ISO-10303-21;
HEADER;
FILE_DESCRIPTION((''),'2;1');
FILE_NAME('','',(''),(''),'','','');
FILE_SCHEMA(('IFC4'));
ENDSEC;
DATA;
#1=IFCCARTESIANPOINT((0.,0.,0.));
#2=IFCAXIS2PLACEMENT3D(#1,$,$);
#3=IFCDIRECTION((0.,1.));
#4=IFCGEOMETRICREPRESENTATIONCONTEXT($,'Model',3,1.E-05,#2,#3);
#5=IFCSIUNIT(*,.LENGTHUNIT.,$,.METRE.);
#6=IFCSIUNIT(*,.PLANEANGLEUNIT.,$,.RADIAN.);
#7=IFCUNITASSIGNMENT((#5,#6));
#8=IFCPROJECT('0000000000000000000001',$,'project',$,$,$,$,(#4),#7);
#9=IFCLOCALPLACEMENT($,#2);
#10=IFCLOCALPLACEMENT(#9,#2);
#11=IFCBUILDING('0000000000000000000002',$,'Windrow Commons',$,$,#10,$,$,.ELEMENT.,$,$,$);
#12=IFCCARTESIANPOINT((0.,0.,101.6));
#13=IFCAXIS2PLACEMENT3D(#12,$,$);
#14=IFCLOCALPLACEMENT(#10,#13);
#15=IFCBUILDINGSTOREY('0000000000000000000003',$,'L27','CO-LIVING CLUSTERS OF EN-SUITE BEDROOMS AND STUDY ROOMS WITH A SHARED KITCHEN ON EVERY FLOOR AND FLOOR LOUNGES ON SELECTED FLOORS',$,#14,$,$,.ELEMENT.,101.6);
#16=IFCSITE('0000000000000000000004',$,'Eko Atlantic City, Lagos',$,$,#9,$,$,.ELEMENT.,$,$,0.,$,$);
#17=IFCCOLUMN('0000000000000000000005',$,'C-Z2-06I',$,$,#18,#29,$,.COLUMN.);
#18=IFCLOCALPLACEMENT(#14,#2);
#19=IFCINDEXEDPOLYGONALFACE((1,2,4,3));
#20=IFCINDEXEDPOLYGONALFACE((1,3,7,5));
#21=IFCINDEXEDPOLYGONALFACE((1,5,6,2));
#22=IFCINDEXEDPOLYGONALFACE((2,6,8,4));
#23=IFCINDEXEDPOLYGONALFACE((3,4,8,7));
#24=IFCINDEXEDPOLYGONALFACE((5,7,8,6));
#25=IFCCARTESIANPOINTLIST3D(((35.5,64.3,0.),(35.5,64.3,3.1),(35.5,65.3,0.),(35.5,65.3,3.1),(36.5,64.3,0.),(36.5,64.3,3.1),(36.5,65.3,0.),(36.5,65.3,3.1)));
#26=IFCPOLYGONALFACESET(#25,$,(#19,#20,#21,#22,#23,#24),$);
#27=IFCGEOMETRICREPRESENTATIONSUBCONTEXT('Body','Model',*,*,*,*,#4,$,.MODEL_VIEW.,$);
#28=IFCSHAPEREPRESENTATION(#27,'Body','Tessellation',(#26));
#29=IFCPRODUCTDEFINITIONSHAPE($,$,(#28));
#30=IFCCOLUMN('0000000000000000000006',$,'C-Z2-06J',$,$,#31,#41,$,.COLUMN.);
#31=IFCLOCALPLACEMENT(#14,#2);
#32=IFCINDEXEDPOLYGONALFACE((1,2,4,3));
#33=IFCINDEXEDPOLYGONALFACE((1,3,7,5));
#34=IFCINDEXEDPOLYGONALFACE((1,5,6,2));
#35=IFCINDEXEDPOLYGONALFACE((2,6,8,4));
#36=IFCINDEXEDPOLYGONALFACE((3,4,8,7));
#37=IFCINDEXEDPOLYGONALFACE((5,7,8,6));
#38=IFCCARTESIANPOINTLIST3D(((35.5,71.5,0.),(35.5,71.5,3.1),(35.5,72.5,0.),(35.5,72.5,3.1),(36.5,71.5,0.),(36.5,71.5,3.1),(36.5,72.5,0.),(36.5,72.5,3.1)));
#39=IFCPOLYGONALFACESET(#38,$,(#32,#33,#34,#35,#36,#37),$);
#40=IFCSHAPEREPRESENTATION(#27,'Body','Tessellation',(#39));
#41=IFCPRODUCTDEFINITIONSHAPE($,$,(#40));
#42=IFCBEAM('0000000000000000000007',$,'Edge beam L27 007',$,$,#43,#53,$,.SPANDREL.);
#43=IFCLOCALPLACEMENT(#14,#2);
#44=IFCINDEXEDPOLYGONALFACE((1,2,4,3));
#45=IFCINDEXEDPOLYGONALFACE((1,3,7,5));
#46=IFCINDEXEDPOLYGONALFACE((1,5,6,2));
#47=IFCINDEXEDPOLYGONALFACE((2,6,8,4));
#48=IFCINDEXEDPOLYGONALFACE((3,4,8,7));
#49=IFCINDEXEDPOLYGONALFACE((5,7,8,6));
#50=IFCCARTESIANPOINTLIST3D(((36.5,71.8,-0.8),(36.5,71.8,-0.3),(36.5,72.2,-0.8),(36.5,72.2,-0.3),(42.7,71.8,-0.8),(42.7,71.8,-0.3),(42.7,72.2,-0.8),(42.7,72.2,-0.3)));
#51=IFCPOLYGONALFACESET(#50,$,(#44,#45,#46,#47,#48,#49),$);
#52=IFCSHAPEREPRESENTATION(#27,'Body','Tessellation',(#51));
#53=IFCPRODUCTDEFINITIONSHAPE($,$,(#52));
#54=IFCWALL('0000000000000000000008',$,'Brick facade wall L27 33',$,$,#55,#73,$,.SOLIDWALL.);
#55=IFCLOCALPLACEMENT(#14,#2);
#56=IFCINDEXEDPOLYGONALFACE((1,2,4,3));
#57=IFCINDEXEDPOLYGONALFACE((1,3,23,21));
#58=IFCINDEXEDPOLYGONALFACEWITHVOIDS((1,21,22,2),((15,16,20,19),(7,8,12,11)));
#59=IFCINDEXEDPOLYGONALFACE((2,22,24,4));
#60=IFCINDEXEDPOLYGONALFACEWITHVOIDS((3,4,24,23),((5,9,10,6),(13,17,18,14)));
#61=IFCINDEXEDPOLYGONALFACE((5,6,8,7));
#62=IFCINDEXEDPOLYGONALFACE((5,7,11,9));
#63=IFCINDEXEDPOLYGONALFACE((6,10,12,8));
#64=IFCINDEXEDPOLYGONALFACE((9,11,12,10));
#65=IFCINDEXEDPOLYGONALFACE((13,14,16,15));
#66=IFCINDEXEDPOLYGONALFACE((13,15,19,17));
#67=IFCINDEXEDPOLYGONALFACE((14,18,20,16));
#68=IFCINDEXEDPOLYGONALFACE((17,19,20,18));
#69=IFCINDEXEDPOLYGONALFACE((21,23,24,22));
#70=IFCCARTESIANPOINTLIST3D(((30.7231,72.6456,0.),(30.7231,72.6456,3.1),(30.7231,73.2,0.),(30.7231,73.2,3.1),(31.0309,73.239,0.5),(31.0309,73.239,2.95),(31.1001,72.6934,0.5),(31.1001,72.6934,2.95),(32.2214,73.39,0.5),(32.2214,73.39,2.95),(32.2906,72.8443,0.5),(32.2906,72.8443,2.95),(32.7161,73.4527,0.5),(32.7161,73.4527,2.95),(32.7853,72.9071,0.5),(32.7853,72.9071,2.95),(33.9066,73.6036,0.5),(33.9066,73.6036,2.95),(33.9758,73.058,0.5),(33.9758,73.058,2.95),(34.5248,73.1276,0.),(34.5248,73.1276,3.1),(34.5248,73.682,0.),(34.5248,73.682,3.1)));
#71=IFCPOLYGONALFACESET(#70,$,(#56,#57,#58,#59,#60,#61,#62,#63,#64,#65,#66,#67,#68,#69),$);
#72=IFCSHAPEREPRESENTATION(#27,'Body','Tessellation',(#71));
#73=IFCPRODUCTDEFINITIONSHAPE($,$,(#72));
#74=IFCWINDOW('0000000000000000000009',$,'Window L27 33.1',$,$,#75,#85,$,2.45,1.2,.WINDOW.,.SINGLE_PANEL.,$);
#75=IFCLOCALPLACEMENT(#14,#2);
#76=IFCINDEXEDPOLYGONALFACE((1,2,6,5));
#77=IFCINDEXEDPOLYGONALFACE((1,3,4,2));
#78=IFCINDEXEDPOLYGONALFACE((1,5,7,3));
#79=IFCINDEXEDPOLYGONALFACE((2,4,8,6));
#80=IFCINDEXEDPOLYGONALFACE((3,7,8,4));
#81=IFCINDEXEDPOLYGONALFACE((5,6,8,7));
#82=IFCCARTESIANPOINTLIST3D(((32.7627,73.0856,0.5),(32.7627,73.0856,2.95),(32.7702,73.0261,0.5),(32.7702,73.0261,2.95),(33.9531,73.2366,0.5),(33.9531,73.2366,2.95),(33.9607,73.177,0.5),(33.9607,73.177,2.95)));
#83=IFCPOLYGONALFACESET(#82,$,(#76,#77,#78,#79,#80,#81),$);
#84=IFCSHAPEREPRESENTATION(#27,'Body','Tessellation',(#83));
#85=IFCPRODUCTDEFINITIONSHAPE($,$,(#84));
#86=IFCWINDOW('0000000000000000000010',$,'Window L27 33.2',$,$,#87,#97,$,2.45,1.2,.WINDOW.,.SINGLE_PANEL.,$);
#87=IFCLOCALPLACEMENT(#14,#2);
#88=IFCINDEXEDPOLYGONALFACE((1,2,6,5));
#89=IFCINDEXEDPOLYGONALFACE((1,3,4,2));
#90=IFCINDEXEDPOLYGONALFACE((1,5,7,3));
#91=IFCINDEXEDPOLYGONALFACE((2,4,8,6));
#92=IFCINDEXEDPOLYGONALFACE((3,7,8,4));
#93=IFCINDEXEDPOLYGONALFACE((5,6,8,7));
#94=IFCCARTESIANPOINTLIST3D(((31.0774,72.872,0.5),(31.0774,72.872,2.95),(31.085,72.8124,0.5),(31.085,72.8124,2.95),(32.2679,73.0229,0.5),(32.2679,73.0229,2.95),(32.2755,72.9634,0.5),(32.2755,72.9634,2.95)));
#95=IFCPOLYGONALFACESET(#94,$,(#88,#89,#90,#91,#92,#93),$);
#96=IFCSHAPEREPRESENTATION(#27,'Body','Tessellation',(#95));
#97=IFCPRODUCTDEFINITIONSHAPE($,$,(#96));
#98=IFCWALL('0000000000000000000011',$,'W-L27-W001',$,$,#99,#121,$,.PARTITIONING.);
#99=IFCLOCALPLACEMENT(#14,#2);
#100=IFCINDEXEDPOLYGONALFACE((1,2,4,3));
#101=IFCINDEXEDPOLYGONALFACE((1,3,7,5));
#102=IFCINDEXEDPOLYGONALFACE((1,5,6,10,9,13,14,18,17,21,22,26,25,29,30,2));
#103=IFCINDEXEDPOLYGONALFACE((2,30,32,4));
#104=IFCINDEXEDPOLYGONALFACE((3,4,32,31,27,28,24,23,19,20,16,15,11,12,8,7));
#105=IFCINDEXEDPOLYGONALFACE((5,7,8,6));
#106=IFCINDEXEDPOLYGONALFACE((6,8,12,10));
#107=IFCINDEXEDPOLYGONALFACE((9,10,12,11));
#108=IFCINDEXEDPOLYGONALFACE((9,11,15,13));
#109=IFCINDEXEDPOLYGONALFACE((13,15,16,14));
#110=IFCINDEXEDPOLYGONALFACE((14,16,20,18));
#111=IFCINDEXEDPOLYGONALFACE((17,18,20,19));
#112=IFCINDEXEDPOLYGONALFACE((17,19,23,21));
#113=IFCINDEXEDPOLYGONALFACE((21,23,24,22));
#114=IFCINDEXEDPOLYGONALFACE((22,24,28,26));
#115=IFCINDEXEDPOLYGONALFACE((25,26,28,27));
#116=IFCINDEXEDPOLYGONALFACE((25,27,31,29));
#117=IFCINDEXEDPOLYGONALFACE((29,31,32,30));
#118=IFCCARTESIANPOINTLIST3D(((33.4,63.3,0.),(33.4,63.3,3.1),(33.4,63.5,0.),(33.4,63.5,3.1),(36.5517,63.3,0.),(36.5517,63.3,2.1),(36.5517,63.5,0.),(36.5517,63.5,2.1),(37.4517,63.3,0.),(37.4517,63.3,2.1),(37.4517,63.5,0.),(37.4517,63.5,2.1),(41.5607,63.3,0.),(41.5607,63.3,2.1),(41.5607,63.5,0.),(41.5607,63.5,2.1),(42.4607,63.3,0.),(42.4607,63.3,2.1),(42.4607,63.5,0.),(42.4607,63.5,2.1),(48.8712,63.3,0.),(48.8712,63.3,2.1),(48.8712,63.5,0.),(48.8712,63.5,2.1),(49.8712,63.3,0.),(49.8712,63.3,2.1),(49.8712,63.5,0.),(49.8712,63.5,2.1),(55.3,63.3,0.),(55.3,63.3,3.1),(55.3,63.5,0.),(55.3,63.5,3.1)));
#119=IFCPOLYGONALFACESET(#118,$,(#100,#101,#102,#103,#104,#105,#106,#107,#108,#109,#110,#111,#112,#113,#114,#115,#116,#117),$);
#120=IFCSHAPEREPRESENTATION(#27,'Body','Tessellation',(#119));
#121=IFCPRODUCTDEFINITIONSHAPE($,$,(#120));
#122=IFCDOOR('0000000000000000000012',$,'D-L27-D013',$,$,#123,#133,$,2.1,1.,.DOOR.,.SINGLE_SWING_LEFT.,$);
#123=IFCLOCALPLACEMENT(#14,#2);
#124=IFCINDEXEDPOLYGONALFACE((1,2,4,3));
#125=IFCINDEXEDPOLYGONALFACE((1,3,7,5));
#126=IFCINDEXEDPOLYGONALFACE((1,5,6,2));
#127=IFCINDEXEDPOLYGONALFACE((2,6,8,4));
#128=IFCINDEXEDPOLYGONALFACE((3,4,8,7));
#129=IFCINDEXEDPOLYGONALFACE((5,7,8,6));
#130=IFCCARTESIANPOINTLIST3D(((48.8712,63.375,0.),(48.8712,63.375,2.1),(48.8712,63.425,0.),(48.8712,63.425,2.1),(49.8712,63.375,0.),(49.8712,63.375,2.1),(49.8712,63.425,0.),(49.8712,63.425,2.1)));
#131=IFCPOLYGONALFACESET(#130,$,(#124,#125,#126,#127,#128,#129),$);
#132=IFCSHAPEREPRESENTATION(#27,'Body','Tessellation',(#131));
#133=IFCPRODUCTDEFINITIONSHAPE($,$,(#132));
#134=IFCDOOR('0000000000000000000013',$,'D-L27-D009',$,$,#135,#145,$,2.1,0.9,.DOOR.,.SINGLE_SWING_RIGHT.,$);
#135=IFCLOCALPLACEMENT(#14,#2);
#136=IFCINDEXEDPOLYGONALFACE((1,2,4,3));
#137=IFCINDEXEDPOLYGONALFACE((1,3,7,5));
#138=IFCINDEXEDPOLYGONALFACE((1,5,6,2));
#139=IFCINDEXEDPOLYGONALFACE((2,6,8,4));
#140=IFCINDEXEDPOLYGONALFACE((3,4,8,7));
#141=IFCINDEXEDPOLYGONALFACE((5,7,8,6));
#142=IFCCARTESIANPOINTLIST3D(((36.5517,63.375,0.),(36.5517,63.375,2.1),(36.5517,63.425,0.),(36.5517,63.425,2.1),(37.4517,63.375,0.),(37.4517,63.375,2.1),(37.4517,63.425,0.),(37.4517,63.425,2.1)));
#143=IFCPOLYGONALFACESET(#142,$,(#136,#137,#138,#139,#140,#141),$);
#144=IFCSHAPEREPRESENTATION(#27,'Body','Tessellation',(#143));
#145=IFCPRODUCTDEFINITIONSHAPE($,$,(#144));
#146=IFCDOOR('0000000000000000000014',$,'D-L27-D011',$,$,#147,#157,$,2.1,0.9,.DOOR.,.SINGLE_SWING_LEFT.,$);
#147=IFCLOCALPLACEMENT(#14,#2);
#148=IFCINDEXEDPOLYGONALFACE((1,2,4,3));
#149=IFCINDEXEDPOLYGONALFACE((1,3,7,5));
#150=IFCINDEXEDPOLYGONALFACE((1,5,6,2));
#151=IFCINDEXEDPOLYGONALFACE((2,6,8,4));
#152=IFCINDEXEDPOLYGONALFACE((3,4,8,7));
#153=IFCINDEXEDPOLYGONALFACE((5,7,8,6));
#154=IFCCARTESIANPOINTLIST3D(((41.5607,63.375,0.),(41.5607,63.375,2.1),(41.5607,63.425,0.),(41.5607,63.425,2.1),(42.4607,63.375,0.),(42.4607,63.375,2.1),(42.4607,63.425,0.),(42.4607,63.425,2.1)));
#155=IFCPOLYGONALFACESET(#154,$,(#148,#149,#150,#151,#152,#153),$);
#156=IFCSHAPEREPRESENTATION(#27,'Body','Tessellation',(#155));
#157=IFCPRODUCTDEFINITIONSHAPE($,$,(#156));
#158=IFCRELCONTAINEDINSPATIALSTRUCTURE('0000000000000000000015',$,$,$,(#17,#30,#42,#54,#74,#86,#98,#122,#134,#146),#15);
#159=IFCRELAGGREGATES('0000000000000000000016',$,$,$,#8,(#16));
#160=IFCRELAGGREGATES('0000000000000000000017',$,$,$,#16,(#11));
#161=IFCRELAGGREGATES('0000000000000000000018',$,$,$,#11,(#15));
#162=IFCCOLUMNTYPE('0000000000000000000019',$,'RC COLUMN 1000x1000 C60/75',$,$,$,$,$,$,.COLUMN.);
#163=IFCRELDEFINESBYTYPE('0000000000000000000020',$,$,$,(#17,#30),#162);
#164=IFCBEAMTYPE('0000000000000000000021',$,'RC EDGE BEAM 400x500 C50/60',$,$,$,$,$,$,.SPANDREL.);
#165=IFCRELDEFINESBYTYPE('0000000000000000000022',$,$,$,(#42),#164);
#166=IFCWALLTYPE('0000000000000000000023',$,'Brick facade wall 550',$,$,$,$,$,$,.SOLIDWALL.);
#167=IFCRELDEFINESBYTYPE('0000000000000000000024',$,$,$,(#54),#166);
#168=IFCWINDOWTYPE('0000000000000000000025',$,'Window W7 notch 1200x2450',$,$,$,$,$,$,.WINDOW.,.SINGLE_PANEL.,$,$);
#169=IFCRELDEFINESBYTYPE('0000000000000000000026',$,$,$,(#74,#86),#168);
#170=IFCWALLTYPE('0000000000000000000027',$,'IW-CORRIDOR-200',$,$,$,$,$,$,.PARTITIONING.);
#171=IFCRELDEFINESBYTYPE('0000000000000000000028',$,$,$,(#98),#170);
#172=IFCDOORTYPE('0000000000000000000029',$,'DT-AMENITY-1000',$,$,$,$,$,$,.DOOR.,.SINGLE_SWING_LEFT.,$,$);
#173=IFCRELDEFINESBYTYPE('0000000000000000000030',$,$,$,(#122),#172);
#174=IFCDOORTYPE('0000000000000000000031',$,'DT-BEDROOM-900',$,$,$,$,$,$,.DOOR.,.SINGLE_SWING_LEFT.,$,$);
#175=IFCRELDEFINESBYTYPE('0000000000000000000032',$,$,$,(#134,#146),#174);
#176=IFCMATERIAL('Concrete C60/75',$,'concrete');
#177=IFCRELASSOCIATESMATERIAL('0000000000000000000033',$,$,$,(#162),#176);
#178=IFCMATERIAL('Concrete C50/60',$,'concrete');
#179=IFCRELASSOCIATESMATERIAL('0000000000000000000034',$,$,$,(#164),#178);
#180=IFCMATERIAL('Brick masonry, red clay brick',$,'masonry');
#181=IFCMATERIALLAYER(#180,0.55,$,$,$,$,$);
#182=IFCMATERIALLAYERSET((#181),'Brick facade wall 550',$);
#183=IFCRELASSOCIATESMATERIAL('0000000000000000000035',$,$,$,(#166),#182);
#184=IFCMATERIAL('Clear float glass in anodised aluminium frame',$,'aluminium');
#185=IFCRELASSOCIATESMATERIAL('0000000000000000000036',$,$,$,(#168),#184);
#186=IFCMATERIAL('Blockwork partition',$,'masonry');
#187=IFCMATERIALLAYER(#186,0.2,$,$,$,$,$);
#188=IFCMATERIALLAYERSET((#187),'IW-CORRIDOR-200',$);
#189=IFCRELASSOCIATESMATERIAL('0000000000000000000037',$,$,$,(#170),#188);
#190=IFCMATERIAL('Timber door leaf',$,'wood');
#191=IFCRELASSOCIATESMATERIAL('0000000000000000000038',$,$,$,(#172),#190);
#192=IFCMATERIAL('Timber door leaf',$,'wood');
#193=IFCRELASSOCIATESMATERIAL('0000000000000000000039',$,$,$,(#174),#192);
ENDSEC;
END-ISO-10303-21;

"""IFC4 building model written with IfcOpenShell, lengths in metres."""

from ifc_helpers import new_model, si_unit, direction, frame, frame_2d, origin, origin_2d, place, context, subcontext, project, spatial, polyline, rectangle, outline, extrude, material, layer, layer_set, material_profile, profile_set, type_object, element, fill, save


model = new_model("IFC4")

# Units and contexts
model_context = context("Model", 3, precision=1e-05, world=origin(), true_north=direction((0.0, 1.0)))
body_context = subcontext(model_context, "Body", "Model", "MODEL_VIEW")
ifc_project = project(units=[si_unit("LENGTHUNIT", "METRE"), si_unit("PLANEANGLEUNIT", "RADIAN")], contexts=[model_context])

# Site, building, storey
site_placement = place(None, origin())
site = spatial("IfcSite", under=ifc_project, at=site_placement, Name="Eko Atlantic City, Lagos", CompositionType="ELEMENT", RefElevation=0.0)
building_placement = place(site_placement, origin())
building = spatial("IfcBuilding", under=site, at=building_placement, Name="Windrow Commons", CompositionType="ELEMENT")
storey_placement = place(building_placement, frame((0.0, 0.0, 101.6)))
storey = spatial("IfcBuildingStorey", under=building, at=storey_placement, Name="L27", Description="CO-LIVING CLUSTERS OF EN-SUITE BEDROOMS AND STUDY ROOMS WITH A SHARED KITCHEN ON EVERY FLOOR AND FLOOR LOUNGES ON SELECTED FLOORS", CompositionType="ELEMENT", Elevation=101.6)

# Columns
ifc_material_1 = material(Name="Concrete C60/75", Category="concrete")
ifc_material_profile_1 = material_profile(ifc_material_1, rectangle(XDim=1.0, YDim=1.0, at=origin_2d()))
ifc_profile_set_1 = profile_set([ifc_material_profile_1], Name="Concrete C60/75")
column_type = type_object("IfcColumnType", Name="RC COLUMN 1000x1000 C60/75", PredefinedType="COLUMN", material=ifc_profile_set_1)
for number, where, z_axis, x_axis, name in (
    (1, (36.0, 64.8, 0.0), (0.0, 0.0, 1.0), (1.0, 0.0, 0.0), "C-Z2-06I"),
    (2, (36.0, 72.0, 0.0), (0.0, 0.0, 1.0), (1.0, 0.0, 0.0), "C-Z2-06J"),
):
    element("IfcColumn", number, at=place(storey_placement, frame(where, z_axis=z_axis, x_axis=x_axis)), inside=storey, type_object=column_type, Name=name, PredefinedType="COLUMN", context=body_context, shape_type="SweptSolid", body=[
        extrude(rectangle(XDim=1.0, YDim=1.0, at=origin_2d()), origin(), (0.0, 0.0, 1.0), 3.1),
    ])

# Beam
ifc_material_2 = material(Name="Concrete C50/60", Category="concrete")
ifc_material_profile_2 = material_profile(ifc_material_2, rectangle(XDim=0.4, YDim=0.5, at=origin_2d()))
ifc_profile_set_2 = profile_set([ifc_material_profile_2], Name="Concrete C50/60")
beam_type = type_object("IfcBeamType", Name="RC EDGE BEAM 400x500 C50/60", PredefinedType="SPANDREL", material=ifc_profile_set_2)
beam_placement = place(storey_placement, frame((36.5, 72.0, -0.55), z_axis=(1.0, 0.0, 0.0), x_axis=(0.0, 1.0, 0.0)))
element("IfcBeam", 3, at=beam_placement, inside=storey, type_object=beam_type, Name="Edge beam L27 007", PredefinedType="SPANDREL", context=body_context, shape_type="SweptSolid", body=[
    extrude(rectangle(XDim=0.4, YDim=0.5, at=origin_2d()), origin(), (0.0, 0.0, 1.0), 6.2),
])

# Wall, openings, windows
ifc_material_3 = material(Name="Brick masonry, red clay brick", Category="masonry")
ifc_layer_1 = layer(ifc_material_3, 0.55)
ifc_layer_set_1 = layer_set([ifc_layer_1], Name="Brick facade wall 550")
wall_type_1 = type_object("IfcWallType", Name="Brick facade wall 550", PredefinedType="SOLIDWALL", material=ifc_layer_set_1)
wall_1_placement = place(storey_placement, frame((34.5248, 73.4048, 0.0), z_axis=(0.0, 0.0, 1.0), x_axis=(-0.992058, -0.125779, 0.0)))
wall_1 = element("IfcWall", 4, at=wall_1_placement, inside=storey, type_object=wall_type_1, Name="Brick facade wall L27 33", PredefinedType="SOLIDWALL", context=body_context, shape_type="SweptSolid", body=[
    extrude(outline(polyline([(-0.0349, -0.275), (3.7973, -0.275), (3.867, 0.275), (0.0349, 0.275), (-0.0349, -0.275)])), origin(), (0.0, 0.0, 1.0), 3.1),
])
opening_1_placement = place(wall_1_placement, frame((0.5883, 0.0, 0.5)))
opening_1 = element("IfcOpeningElement", 5, at=opening_1_placement, cuts=wall_1, PredefinedType="OPENING", context=body_context, shape_type="SweptSolid", body=[
    extrude(rectangle(XDim=1.2, YDim=2.45, at=frame_2d((0.6, 1.225))), frame((0.0, 0.285, 0.0), z_axis=(0.0, -1.0, 0.0), x_axis=(1.0, 0.0, 0.0)), (0.0, 0.0, 1.0), 0.57),
])
opening_2_placement = place(wall_1_placement, frame((2.287, 0.0, 0.5)))
opening_2 = element("IfcOpeningElement", 6, at=opening_2_placement, cuts=wall_1, PredefinedType="OPENING", context=body_context, shape_type="SweptSolid", body=[
    extrude(rectangle(XDim=1.2, YDim=2.45, at=frame_2d((0.6, 1.225))), frame((0.0, 0.285, 0.0), z_axis=(0.0, -1.0, 0.0), x_axis=(1.0, 0.0, 0.0)), (0.0, 0.0, 1.0), 0.57),
])
ifc_material_4 = material(Name="Clear float glass in anodised aluminium frame", Category="aluminium")
window_type = type_object("IfcWindowType", Name="Window W7 notch 1200x2450", PartitioningType="SINGLE_PANEL", PredefinedType="WINDOW", material=ifc_material_4)
window_1_placement = place(opening_1_placement, origin())
window_1 = element("IfcWindow", 7, at=window_1_placement, inside=storey, type_object=window_type, Name="Window L27 33.1", OverallHeight=2.45, OverallWidth=1.2, PartitioningType="SINGLE_PANEL", PredefinedType="WINDOW", context=body_context, shape_type="SweptSolid", body=[
    extrude(rectangle(XDim=1.2, YDim=2.45, at=frame_2d((0.6, 1.225))), frame((0.0, 0.155, 0.0), z_axis=(0.0, -1.0, 0.0), x_axis=(1.0, 0.0, 0.0)), (0.0, 0.0, 1.0), 0.06),
])
fill(opening_1, window_1)
window_2_placement = place(opening_2_placement, origin())
window_2 = element("IfcWindow", 8, at=window_2_placement, inside=storey, type_object=window_type, Name="Window L27 33.2", OverallHeight=2.45, OverallWidth=1.2, PartitioningType="SINGLE_PANEL", PredefinedType="WINDOW", context=body_context, shape_type="SweptSolid", body=[
    extrude(rectangle(XDim=1.2, YDim=2.45, at=frame_2d((0.6, 1.225))), frame((0.0, 0.155, 0.0), z_axis=(0.0, -1.0, 0.0), x_axis=(1.0, 0.0, 0.0)), (0.0, 0.0, 1.0), 0.06),
])
fill(opening_2, window_2)

# Wall, openings, doors
ifc_material_5 = material(Name="Blockwork partition", Category="masonry")
ifc_layer_2 = layer(ifc_material_5, 0.2)
ifc_layer_set_2 = layer_set([ifc_layer_2], Name="IW-CORRIDOR-200")
wall_type_2 = type_object("IfcWallType", Name="IW-CORRIDOR-200", PredefinedType="PARTITIONING", material=ifc_layer_set_2)
wall_2_placement = place(storey_placement, frame((33.4, 63.4, 0.0), z_axis=(0.0, 0.0, 1.0), x_axis=(1.0, 0.0, 0.0)))
wall_2 = element("IfcWall", 9, at=wall_2_placement, inside=storey, type_object=wall_type_2, Name="W-L27-W001", PredefinedType="PARTITIONING", context=body_context, shape_type="SweptSolid", body=[
    extrude(rectangle(XDim=21.9, YDim=0.2, at=frame_2d((10.95, 0.0))), origin(), (0.0, 0.0, 1.0), 3.1),
])
opening_3_placement = place(wall_2_placement, frame((3.1517, 0.0, 0.0)))
opening_3 = element("IfcOpeningElement", 10, at=opening_3_placement, cuts=wall_2, PredefinedType="OPENING", context=body_context, shape_type="SweptSolid", body=[
    extrude(rectangle(XDim=0.9, YDim=2.1, at=frame_2d((0.45, 1.05))), frame((0.0, 0.11, 0.0), z_axis=(0.0, -1.0, 0.0), x_axis=(1.0, 0.0, 0.0)), (0.0, 0.0, 1.0), 0.22),
])
opening_4_placement = place(wall_2_placement, frame((8.1607, 0.0, 0.0)))
opening_4 = element("IfcOpeningElement", 11, at=opening_4_placement, cuts=wall_2, PredefinedType="OPENING", context=body_context, shape_type="SweptSolid", body=[
    extrude(rectangle(XDim=0.9, YDim=2.1, at=frame_2d((0.45, 1.05))), frame((0.0, 0.11, 0.0), z_axis=(0.0, -1.0, 0.0), x_axis=(1.0, 0.0, 0.0)), (0.0, 0.0, 1.0), 0.22),
])
opening_5_placement = place(wall_2_placement, frame((15.4712, 0.0, 0.0)))
opening_5 = element("IfcOpeningElement", 12, at=opening_5_placement, cuts=wall_2, PredefinedType="OPENING", context=body_context, shape_type="SweptSolid", body=[
    extrude(rectangle(XDim=1.0, YDim=2.1, at=frame_2d((0.5, 1.05))), frame((0.0, 0.11, 0.0), z_axis=(0.0, -1.0, 0.0), x_axis=(1.0, 0.0, 0.0)), (0.0, 0.0, 1.0), 0.22),
])
ifc_material_6 = material(Name="Timber door leaf", Category="wood")
door_type_1 = type_object("IfcDoorType", Name="DT-AMENITY-1000", OperationType="SINGLE_SWING_LEFT", PredefinedType="DOOR", material=ifc_material_6)
door_1_placement = place(opening_5_placement, origin())
door_1 = element("IfcDoor", 13, at=door_1_placement, inside=storey, type_object=door_type_1, Name="D-L27-D013", OperationType="SINGLE_SWING_LEFT", OverallHeight=2.1, OverallWidth=1.0, PredefinedType="DOOR", context=body_context, shape_type="SweptSolid", body=[
    extrude(rectangle(XDim=1.0, YDim=2.1, at=frame_2d((0.5, 1.05))), frame((0.0, 0.025, 0.0), z_axis=(0.0, -1.0, 0.0), x_axis=(1.0, 0.0, 0.0)), (0.0, 0.0, 1.0), 0.05),
])
fill(opening_5, door_1)
ifc_material_7 = material(Name="Timber door leaf", Category="wood")
door_type_2 = type_object("IfcDoorType", Name="DT-BEDROOM-900", OperationType="SINGLE_SWING_LEFT", PredefinedType="DOOR", material=ifc_material_7)
door_2_placement = place(opening_3_placement, origin())
door_2 = element("IfcDoor", 14, at=door_2_placement, inside=storey, type_object=door_type_2, Name="D-L27-D009", OperationType="SINGLE_SWING_RIGHT", OverallHeight=2.1, OverallWidth=0.9, PredefinedType="DOOR", context=body_context, shape_type="SweptSolid", body=[
    extrude(rectangle(XDim=0.9, YDim=2.1, at=frame_2d((0.45, 1.05))), frame((0.0, 0.025, 0.0), z_axis=(0.0, -1.0, 0.0), x_axis=(1.0, 0.0, 0.0)), (0.0, 0.0, 1.0), 0.05),
])
fill(opening_3, door_2)
door_3_placement = place(opening_4_placement, origin())
door_3 = element("IfcDoor", 15, at=door_3_placement, inside=storey, type_object=door_type_2, Name="D-L27-D011", OperationType="SINGLE_SWING_LEFT", OverallHeight=2.1, OverallWidth=0.9, PredefinedType="DOOR", context=body_context, shape_type="SweptSolid", body=[
    extrude(rectangle(XDim=0.9, YDim=2.1, at=frame_2d((0.45, 1.05))), frame((0.0, 0.025, 0.0), z_axis=(0.0, -1.0, 0.0), x_axis=(1.0, 0.0, 0.0)), (0.0, 0.0, 1.0), 0.05),
])
fill(opening_4, door_3)

save(model, "model.ifc")
